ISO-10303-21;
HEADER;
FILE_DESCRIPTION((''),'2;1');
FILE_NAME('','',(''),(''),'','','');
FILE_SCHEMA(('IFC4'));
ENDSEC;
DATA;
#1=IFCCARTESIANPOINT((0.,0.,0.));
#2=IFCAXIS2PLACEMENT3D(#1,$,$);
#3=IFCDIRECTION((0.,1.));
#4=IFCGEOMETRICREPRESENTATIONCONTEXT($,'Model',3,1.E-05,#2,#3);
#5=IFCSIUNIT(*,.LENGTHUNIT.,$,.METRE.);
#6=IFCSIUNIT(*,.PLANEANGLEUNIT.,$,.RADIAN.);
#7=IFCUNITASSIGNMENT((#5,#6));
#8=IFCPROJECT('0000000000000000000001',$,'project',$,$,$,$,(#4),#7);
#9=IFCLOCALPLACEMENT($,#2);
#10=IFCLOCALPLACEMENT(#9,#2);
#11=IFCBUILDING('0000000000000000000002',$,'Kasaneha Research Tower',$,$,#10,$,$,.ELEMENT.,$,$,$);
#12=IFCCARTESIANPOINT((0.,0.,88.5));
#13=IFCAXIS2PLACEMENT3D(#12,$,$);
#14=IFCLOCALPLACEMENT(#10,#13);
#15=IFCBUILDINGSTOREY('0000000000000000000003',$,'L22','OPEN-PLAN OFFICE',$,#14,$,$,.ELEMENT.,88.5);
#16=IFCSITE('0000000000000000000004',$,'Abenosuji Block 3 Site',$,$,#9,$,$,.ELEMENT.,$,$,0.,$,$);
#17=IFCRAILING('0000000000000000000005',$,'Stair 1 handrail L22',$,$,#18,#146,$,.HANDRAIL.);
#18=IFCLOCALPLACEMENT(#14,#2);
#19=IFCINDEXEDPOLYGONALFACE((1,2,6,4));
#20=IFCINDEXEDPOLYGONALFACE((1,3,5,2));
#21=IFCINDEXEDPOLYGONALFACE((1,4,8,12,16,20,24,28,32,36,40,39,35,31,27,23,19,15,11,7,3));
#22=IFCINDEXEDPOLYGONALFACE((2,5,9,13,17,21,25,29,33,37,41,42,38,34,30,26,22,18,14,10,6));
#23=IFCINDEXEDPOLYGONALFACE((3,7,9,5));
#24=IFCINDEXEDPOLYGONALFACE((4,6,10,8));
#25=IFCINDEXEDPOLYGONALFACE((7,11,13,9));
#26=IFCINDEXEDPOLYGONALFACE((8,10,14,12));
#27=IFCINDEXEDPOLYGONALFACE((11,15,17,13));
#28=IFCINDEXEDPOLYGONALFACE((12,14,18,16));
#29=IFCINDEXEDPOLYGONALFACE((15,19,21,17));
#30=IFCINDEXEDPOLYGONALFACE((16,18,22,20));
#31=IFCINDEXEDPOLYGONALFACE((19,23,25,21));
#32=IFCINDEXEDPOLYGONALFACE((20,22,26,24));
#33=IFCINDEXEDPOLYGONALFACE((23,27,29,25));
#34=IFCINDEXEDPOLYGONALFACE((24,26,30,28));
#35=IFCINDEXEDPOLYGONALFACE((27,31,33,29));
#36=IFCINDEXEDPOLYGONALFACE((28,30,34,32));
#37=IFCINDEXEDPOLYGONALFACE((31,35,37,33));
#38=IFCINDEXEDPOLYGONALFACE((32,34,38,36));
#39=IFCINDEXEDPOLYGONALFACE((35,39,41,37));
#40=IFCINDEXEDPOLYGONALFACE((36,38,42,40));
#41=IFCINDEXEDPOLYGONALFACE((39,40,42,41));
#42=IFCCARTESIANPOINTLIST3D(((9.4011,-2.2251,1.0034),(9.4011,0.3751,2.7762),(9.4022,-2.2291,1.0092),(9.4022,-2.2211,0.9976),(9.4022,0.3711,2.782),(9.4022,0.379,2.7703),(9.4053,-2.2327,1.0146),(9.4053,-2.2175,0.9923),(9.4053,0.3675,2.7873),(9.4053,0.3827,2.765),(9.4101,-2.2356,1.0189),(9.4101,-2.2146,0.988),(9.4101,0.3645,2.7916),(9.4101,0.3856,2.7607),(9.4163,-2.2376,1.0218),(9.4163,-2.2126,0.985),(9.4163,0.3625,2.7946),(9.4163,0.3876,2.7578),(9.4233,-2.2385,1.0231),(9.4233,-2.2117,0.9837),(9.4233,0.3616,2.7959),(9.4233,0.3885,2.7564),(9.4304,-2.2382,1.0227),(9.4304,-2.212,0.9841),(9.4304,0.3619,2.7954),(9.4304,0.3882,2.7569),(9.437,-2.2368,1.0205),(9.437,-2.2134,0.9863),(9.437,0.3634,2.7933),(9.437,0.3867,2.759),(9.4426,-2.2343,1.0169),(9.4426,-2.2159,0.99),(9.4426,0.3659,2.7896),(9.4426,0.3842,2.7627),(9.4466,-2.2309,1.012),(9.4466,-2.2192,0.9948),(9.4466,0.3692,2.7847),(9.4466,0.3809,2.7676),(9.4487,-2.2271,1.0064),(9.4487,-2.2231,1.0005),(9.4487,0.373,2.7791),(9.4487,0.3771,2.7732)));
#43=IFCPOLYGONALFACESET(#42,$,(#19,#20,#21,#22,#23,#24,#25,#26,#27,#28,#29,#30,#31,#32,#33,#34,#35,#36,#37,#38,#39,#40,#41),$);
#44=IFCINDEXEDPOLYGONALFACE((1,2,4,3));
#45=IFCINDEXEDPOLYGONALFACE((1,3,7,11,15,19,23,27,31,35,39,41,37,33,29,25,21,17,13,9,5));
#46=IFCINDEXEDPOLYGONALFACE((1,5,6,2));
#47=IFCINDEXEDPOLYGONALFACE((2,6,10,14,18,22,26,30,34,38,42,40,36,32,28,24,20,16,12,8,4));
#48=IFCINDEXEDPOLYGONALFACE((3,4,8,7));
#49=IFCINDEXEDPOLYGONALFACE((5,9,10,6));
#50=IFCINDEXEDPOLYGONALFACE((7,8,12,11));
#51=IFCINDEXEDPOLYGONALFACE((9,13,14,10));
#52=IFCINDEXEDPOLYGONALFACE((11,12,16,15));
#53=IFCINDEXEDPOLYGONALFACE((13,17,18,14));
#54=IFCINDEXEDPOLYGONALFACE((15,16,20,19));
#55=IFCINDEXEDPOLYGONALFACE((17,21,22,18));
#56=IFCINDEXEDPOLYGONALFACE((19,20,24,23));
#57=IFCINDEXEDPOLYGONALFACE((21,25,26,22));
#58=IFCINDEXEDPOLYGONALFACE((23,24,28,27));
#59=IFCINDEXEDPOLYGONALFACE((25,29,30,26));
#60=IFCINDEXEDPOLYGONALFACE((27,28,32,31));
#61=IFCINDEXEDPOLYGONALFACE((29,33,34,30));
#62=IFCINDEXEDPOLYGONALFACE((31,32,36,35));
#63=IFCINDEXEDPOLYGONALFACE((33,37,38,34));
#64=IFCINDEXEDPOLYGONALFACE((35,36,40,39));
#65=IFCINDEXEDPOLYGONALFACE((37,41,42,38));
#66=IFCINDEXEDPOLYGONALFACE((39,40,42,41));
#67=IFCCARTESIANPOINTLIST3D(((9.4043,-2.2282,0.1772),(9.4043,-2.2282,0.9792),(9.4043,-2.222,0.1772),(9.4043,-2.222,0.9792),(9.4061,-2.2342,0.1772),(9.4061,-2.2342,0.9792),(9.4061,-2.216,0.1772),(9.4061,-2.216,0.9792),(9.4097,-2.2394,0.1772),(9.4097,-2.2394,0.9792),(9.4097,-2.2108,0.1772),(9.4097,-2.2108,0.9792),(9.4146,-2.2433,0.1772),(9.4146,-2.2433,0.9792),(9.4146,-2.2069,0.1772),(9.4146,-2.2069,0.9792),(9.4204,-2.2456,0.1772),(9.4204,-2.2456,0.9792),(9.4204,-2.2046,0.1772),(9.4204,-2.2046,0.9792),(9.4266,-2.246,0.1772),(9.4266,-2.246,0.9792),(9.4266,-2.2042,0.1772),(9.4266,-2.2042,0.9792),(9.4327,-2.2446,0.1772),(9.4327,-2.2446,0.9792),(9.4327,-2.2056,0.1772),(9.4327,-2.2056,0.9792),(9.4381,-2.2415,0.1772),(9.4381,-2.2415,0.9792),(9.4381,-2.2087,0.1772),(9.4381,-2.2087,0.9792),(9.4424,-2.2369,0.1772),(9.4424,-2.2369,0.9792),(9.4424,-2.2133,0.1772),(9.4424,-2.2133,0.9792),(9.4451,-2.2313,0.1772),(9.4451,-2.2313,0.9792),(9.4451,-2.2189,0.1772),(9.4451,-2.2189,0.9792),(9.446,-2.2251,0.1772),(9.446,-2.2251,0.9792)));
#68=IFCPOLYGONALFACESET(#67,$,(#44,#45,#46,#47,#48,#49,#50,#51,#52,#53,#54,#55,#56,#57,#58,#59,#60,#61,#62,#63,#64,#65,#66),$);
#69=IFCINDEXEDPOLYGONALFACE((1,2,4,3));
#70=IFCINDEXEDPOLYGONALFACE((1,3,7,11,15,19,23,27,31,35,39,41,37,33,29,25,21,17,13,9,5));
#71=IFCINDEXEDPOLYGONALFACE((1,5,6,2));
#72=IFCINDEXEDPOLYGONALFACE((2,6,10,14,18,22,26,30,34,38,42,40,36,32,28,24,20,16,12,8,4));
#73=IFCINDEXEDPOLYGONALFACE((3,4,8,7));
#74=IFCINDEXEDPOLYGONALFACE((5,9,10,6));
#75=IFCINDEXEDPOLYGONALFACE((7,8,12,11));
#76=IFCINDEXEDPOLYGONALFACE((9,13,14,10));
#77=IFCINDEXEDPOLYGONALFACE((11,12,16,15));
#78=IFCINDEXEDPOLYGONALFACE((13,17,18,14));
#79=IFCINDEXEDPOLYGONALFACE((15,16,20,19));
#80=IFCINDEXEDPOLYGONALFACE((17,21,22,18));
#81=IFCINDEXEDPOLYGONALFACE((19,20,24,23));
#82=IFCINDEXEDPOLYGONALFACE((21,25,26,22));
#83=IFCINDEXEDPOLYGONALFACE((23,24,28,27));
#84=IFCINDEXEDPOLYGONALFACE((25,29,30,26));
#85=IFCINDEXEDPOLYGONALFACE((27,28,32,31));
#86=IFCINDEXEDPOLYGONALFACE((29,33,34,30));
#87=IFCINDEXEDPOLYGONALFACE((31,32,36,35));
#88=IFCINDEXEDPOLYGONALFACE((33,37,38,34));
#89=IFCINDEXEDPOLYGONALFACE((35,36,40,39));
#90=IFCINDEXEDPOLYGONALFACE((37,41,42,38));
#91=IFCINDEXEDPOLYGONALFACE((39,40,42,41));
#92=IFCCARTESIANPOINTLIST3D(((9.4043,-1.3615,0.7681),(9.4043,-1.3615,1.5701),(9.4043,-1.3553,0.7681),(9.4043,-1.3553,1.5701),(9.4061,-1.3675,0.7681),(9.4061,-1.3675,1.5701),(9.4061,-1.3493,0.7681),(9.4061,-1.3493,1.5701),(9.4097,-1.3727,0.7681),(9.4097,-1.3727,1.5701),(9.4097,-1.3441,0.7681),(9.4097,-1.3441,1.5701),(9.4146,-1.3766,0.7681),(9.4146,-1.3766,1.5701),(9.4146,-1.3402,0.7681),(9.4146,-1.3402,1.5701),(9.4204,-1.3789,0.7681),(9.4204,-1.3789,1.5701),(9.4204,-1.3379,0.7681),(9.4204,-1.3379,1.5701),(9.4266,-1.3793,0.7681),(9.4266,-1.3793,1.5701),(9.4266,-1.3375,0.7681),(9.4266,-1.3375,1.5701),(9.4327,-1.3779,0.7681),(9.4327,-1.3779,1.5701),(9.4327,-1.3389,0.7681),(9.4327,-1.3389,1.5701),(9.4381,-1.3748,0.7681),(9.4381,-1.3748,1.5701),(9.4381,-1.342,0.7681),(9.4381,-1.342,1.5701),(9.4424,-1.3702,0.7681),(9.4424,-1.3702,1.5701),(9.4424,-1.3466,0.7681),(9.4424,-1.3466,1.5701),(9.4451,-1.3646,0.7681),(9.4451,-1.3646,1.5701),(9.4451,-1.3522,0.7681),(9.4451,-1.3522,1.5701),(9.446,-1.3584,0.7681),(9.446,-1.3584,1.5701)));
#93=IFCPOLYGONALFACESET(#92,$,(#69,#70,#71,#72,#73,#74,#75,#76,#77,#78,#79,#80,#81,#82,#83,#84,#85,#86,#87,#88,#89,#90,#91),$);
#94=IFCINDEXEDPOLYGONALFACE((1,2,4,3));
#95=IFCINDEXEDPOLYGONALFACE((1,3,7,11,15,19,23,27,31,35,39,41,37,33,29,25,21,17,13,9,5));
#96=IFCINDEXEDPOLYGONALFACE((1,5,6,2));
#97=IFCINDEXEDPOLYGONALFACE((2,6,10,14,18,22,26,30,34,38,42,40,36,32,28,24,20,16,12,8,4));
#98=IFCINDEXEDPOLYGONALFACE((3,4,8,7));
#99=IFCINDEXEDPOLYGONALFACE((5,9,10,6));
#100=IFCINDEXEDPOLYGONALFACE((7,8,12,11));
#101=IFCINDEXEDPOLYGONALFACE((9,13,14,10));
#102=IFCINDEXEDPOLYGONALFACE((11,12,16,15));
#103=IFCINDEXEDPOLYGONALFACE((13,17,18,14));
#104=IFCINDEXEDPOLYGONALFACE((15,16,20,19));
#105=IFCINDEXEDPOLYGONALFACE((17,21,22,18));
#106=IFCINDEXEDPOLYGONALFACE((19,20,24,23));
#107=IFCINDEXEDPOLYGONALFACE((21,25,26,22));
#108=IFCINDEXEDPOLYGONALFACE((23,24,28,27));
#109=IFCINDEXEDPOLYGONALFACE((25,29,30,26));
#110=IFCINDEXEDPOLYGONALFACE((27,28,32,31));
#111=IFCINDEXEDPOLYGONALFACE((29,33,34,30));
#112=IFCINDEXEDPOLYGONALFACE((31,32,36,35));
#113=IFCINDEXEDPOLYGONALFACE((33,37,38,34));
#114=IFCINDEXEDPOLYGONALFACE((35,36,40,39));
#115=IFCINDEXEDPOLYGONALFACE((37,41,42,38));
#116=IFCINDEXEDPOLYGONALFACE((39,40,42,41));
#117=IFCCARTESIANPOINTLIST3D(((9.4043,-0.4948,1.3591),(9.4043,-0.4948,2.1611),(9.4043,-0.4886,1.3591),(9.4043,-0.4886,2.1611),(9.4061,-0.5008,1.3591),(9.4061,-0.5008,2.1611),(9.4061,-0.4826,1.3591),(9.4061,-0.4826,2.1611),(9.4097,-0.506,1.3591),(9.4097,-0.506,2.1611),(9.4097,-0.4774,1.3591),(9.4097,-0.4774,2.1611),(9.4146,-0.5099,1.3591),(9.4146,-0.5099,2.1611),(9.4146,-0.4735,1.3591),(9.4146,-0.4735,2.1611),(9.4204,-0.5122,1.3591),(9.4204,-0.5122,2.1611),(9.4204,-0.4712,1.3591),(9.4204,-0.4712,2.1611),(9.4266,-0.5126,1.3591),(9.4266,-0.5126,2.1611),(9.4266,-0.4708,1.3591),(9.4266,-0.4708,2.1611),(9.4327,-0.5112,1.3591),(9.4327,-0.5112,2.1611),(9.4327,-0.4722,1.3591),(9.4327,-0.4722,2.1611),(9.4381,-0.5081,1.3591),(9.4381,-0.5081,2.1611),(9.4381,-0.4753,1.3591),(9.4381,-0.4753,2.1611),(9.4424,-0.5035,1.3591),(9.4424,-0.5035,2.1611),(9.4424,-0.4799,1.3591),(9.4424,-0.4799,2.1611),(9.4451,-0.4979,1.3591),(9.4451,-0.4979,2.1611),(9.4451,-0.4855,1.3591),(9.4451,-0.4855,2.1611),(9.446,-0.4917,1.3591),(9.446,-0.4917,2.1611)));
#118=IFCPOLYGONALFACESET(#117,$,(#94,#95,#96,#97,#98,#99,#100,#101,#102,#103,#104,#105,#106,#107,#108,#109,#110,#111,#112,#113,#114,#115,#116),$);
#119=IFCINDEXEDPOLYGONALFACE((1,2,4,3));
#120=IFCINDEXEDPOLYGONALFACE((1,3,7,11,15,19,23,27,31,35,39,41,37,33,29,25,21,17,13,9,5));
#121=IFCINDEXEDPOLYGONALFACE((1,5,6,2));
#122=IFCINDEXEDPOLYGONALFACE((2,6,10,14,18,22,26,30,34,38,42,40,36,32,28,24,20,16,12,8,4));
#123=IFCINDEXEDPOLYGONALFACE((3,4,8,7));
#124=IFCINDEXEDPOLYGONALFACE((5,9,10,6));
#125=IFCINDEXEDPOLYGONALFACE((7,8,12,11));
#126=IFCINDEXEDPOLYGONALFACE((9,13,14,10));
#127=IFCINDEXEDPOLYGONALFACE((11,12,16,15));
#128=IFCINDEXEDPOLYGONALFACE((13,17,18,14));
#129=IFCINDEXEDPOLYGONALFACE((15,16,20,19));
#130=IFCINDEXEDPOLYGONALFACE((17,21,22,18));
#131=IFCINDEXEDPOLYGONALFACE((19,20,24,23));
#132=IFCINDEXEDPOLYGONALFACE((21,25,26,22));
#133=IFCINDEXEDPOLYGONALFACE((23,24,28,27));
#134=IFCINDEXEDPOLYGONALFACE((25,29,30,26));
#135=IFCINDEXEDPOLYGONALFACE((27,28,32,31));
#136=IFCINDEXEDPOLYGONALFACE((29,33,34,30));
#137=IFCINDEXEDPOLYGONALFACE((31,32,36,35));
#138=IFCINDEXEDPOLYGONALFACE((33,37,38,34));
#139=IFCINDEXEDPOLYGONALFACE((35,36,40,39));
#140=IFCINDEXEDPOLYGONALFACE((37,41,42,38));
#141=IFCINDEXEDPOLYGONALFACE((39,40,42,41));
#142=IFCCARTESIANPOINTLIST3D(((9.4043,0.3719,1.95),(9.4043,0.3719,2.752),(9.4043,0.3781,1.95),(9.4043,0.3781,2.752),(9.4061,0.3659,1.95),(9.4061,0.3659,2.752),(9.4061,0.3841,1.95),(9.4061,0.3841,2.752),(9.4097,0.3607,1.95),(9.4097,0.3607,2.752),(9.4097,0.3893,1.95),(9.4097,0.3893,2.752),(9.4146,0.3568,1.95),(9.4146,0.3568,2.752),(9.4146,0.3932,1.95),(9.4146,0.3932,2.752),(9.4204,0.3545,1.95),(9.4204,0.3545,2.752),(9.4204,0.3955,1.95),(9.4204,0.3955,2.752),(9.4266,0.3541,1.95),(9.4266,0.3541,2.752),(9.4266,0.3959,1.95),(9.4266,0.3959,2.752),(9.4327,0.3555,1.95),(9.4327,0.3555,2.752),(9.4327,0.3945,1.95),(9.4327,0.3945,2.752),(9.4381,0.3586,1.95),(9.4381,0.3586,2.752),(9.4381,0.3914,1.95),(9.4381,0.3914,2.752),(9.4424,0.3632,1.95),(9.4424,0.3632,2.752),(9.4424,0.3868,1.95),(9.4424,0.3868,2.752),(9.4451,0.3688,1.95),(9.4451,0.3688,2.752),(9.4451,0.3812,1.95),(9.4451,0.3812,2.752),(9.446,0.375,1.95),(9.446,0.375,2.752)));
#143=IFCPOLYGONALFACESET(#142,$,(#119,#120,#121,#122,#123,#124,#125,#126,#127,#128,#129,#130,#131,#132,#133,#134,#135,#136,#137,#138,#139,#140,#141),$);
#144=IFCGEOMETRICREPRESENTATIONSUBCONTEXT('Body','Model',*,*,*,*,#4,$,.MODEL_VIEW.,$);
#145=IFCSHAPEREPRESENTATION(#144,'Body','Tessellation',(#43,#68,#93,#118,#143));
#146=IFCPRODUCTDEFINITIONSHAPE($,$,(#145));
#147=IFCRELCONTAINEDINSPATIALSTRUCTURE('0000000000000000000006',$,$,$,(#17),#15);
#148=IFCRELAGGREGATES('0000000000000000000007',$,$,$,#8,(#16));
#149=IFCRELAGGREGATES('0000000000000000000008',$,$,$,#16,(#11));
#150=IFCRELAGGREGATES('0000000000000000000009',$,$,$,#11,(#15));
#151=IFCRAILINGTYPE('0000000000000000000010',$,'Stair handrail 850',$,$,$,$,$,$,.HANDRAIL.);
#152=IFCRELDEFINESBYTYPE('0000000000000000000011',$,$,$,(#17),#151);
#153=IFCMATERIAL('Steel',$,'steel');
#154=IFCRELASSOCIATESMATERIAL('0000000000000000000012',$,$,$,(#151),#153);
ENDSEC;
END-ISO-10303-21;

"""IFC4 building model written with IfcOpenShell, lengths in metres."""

from ifc_helpers import new_model, si_unit, direction, frame, origin, origin_2d, place, context, subcontext, project, spatial, circle, extrude, material, type_object, element, save


model = new_model("IFC4")

# Units and contexts
model_context = context("Model", 3, precision=1e-05, world=origin(), true_north=direction((0.0, 1.0)))
body_context = subcontext(model_context, "Body", "Model", "MODEL_VIEW")
ifc_project = project(units=[si_unit("LENGTHUNIT", "METRE"), si_unit("PLANEANGLEUNIT", "RADIAN")], contexts=[model_context])

# Site, building, storey
site_placement = place(None, origin())
site = spatial("IfcSite", under=ifc_project, at=site_placement, Name="Abenosuji Block 3 Site", CompositionType="ELEMENT", RefElevation=0.0)
building_placement = place(site_placement, origin())
building = spatial("IfcBuilding", under=site, at=building_placement, Name="Kasaneha Research Tower", CompositionType="ELEMENT")
storey_placement = place(building_placement, frame((0.0, 0.0, 88.5)))
storey = spatial("IfcBuildingStorey", under=building, at=storey_placement, Name="L22", Description="OPEN-PLAN OFFICE", CompositionType="ELEMENT", Elevation=88.5)

# Railing
ifc_material_1 = material(Name="Steel", Category="steel")
railing_type = type_object("IfcRailingType", Name="Stair handrail 850", PredefinedType="HANDRAIL", material=ifc_material_1)
railing_placement = place(storey_placement, frame((9.425, -2.2251, 0.1772)))
element("IfcRailing", 1, at=railing_placement, inside=storey, type_object=railing_type, Name="Stair 1 handrail L22", PredefinedType="HANDRAIL", context=body_context, shape_type="SweptSolid", body=[
    extrude(circle(Radius=0.0239, at=origin_2d()), frame((0.0, 0.0, 0.8262), z_axis=(0.0, 0.82624, 0.563318), x_axis=(-1.0, 0.0, 0.0)), (0.0, 0.0, 1.0), 3.147),
    extrude(circle(Radius=0.021, at=origin_2d()), origin(), (0.0, 0.0, 1.0), 0.802),
    extrude(circle(Radius=0.021, at=origin_2d()), frame((0.0, 0.8667, 0.5908)), (0.0, 0.0, 1.0), 0.802),
    extrude(circle(Radius=0.021, at=origin_2d()), frame((0.0, 1.7334, 1.1819)), (0.0, 0.0, 1.0), 0.802),
    extrude(circle(Radius=0.021, at=origin_2d()), frame((0.0, 2.6001, 1.7727)), (0.0, 0.0, 1.0), 0.802),
])

save(model, "model.ifc")
